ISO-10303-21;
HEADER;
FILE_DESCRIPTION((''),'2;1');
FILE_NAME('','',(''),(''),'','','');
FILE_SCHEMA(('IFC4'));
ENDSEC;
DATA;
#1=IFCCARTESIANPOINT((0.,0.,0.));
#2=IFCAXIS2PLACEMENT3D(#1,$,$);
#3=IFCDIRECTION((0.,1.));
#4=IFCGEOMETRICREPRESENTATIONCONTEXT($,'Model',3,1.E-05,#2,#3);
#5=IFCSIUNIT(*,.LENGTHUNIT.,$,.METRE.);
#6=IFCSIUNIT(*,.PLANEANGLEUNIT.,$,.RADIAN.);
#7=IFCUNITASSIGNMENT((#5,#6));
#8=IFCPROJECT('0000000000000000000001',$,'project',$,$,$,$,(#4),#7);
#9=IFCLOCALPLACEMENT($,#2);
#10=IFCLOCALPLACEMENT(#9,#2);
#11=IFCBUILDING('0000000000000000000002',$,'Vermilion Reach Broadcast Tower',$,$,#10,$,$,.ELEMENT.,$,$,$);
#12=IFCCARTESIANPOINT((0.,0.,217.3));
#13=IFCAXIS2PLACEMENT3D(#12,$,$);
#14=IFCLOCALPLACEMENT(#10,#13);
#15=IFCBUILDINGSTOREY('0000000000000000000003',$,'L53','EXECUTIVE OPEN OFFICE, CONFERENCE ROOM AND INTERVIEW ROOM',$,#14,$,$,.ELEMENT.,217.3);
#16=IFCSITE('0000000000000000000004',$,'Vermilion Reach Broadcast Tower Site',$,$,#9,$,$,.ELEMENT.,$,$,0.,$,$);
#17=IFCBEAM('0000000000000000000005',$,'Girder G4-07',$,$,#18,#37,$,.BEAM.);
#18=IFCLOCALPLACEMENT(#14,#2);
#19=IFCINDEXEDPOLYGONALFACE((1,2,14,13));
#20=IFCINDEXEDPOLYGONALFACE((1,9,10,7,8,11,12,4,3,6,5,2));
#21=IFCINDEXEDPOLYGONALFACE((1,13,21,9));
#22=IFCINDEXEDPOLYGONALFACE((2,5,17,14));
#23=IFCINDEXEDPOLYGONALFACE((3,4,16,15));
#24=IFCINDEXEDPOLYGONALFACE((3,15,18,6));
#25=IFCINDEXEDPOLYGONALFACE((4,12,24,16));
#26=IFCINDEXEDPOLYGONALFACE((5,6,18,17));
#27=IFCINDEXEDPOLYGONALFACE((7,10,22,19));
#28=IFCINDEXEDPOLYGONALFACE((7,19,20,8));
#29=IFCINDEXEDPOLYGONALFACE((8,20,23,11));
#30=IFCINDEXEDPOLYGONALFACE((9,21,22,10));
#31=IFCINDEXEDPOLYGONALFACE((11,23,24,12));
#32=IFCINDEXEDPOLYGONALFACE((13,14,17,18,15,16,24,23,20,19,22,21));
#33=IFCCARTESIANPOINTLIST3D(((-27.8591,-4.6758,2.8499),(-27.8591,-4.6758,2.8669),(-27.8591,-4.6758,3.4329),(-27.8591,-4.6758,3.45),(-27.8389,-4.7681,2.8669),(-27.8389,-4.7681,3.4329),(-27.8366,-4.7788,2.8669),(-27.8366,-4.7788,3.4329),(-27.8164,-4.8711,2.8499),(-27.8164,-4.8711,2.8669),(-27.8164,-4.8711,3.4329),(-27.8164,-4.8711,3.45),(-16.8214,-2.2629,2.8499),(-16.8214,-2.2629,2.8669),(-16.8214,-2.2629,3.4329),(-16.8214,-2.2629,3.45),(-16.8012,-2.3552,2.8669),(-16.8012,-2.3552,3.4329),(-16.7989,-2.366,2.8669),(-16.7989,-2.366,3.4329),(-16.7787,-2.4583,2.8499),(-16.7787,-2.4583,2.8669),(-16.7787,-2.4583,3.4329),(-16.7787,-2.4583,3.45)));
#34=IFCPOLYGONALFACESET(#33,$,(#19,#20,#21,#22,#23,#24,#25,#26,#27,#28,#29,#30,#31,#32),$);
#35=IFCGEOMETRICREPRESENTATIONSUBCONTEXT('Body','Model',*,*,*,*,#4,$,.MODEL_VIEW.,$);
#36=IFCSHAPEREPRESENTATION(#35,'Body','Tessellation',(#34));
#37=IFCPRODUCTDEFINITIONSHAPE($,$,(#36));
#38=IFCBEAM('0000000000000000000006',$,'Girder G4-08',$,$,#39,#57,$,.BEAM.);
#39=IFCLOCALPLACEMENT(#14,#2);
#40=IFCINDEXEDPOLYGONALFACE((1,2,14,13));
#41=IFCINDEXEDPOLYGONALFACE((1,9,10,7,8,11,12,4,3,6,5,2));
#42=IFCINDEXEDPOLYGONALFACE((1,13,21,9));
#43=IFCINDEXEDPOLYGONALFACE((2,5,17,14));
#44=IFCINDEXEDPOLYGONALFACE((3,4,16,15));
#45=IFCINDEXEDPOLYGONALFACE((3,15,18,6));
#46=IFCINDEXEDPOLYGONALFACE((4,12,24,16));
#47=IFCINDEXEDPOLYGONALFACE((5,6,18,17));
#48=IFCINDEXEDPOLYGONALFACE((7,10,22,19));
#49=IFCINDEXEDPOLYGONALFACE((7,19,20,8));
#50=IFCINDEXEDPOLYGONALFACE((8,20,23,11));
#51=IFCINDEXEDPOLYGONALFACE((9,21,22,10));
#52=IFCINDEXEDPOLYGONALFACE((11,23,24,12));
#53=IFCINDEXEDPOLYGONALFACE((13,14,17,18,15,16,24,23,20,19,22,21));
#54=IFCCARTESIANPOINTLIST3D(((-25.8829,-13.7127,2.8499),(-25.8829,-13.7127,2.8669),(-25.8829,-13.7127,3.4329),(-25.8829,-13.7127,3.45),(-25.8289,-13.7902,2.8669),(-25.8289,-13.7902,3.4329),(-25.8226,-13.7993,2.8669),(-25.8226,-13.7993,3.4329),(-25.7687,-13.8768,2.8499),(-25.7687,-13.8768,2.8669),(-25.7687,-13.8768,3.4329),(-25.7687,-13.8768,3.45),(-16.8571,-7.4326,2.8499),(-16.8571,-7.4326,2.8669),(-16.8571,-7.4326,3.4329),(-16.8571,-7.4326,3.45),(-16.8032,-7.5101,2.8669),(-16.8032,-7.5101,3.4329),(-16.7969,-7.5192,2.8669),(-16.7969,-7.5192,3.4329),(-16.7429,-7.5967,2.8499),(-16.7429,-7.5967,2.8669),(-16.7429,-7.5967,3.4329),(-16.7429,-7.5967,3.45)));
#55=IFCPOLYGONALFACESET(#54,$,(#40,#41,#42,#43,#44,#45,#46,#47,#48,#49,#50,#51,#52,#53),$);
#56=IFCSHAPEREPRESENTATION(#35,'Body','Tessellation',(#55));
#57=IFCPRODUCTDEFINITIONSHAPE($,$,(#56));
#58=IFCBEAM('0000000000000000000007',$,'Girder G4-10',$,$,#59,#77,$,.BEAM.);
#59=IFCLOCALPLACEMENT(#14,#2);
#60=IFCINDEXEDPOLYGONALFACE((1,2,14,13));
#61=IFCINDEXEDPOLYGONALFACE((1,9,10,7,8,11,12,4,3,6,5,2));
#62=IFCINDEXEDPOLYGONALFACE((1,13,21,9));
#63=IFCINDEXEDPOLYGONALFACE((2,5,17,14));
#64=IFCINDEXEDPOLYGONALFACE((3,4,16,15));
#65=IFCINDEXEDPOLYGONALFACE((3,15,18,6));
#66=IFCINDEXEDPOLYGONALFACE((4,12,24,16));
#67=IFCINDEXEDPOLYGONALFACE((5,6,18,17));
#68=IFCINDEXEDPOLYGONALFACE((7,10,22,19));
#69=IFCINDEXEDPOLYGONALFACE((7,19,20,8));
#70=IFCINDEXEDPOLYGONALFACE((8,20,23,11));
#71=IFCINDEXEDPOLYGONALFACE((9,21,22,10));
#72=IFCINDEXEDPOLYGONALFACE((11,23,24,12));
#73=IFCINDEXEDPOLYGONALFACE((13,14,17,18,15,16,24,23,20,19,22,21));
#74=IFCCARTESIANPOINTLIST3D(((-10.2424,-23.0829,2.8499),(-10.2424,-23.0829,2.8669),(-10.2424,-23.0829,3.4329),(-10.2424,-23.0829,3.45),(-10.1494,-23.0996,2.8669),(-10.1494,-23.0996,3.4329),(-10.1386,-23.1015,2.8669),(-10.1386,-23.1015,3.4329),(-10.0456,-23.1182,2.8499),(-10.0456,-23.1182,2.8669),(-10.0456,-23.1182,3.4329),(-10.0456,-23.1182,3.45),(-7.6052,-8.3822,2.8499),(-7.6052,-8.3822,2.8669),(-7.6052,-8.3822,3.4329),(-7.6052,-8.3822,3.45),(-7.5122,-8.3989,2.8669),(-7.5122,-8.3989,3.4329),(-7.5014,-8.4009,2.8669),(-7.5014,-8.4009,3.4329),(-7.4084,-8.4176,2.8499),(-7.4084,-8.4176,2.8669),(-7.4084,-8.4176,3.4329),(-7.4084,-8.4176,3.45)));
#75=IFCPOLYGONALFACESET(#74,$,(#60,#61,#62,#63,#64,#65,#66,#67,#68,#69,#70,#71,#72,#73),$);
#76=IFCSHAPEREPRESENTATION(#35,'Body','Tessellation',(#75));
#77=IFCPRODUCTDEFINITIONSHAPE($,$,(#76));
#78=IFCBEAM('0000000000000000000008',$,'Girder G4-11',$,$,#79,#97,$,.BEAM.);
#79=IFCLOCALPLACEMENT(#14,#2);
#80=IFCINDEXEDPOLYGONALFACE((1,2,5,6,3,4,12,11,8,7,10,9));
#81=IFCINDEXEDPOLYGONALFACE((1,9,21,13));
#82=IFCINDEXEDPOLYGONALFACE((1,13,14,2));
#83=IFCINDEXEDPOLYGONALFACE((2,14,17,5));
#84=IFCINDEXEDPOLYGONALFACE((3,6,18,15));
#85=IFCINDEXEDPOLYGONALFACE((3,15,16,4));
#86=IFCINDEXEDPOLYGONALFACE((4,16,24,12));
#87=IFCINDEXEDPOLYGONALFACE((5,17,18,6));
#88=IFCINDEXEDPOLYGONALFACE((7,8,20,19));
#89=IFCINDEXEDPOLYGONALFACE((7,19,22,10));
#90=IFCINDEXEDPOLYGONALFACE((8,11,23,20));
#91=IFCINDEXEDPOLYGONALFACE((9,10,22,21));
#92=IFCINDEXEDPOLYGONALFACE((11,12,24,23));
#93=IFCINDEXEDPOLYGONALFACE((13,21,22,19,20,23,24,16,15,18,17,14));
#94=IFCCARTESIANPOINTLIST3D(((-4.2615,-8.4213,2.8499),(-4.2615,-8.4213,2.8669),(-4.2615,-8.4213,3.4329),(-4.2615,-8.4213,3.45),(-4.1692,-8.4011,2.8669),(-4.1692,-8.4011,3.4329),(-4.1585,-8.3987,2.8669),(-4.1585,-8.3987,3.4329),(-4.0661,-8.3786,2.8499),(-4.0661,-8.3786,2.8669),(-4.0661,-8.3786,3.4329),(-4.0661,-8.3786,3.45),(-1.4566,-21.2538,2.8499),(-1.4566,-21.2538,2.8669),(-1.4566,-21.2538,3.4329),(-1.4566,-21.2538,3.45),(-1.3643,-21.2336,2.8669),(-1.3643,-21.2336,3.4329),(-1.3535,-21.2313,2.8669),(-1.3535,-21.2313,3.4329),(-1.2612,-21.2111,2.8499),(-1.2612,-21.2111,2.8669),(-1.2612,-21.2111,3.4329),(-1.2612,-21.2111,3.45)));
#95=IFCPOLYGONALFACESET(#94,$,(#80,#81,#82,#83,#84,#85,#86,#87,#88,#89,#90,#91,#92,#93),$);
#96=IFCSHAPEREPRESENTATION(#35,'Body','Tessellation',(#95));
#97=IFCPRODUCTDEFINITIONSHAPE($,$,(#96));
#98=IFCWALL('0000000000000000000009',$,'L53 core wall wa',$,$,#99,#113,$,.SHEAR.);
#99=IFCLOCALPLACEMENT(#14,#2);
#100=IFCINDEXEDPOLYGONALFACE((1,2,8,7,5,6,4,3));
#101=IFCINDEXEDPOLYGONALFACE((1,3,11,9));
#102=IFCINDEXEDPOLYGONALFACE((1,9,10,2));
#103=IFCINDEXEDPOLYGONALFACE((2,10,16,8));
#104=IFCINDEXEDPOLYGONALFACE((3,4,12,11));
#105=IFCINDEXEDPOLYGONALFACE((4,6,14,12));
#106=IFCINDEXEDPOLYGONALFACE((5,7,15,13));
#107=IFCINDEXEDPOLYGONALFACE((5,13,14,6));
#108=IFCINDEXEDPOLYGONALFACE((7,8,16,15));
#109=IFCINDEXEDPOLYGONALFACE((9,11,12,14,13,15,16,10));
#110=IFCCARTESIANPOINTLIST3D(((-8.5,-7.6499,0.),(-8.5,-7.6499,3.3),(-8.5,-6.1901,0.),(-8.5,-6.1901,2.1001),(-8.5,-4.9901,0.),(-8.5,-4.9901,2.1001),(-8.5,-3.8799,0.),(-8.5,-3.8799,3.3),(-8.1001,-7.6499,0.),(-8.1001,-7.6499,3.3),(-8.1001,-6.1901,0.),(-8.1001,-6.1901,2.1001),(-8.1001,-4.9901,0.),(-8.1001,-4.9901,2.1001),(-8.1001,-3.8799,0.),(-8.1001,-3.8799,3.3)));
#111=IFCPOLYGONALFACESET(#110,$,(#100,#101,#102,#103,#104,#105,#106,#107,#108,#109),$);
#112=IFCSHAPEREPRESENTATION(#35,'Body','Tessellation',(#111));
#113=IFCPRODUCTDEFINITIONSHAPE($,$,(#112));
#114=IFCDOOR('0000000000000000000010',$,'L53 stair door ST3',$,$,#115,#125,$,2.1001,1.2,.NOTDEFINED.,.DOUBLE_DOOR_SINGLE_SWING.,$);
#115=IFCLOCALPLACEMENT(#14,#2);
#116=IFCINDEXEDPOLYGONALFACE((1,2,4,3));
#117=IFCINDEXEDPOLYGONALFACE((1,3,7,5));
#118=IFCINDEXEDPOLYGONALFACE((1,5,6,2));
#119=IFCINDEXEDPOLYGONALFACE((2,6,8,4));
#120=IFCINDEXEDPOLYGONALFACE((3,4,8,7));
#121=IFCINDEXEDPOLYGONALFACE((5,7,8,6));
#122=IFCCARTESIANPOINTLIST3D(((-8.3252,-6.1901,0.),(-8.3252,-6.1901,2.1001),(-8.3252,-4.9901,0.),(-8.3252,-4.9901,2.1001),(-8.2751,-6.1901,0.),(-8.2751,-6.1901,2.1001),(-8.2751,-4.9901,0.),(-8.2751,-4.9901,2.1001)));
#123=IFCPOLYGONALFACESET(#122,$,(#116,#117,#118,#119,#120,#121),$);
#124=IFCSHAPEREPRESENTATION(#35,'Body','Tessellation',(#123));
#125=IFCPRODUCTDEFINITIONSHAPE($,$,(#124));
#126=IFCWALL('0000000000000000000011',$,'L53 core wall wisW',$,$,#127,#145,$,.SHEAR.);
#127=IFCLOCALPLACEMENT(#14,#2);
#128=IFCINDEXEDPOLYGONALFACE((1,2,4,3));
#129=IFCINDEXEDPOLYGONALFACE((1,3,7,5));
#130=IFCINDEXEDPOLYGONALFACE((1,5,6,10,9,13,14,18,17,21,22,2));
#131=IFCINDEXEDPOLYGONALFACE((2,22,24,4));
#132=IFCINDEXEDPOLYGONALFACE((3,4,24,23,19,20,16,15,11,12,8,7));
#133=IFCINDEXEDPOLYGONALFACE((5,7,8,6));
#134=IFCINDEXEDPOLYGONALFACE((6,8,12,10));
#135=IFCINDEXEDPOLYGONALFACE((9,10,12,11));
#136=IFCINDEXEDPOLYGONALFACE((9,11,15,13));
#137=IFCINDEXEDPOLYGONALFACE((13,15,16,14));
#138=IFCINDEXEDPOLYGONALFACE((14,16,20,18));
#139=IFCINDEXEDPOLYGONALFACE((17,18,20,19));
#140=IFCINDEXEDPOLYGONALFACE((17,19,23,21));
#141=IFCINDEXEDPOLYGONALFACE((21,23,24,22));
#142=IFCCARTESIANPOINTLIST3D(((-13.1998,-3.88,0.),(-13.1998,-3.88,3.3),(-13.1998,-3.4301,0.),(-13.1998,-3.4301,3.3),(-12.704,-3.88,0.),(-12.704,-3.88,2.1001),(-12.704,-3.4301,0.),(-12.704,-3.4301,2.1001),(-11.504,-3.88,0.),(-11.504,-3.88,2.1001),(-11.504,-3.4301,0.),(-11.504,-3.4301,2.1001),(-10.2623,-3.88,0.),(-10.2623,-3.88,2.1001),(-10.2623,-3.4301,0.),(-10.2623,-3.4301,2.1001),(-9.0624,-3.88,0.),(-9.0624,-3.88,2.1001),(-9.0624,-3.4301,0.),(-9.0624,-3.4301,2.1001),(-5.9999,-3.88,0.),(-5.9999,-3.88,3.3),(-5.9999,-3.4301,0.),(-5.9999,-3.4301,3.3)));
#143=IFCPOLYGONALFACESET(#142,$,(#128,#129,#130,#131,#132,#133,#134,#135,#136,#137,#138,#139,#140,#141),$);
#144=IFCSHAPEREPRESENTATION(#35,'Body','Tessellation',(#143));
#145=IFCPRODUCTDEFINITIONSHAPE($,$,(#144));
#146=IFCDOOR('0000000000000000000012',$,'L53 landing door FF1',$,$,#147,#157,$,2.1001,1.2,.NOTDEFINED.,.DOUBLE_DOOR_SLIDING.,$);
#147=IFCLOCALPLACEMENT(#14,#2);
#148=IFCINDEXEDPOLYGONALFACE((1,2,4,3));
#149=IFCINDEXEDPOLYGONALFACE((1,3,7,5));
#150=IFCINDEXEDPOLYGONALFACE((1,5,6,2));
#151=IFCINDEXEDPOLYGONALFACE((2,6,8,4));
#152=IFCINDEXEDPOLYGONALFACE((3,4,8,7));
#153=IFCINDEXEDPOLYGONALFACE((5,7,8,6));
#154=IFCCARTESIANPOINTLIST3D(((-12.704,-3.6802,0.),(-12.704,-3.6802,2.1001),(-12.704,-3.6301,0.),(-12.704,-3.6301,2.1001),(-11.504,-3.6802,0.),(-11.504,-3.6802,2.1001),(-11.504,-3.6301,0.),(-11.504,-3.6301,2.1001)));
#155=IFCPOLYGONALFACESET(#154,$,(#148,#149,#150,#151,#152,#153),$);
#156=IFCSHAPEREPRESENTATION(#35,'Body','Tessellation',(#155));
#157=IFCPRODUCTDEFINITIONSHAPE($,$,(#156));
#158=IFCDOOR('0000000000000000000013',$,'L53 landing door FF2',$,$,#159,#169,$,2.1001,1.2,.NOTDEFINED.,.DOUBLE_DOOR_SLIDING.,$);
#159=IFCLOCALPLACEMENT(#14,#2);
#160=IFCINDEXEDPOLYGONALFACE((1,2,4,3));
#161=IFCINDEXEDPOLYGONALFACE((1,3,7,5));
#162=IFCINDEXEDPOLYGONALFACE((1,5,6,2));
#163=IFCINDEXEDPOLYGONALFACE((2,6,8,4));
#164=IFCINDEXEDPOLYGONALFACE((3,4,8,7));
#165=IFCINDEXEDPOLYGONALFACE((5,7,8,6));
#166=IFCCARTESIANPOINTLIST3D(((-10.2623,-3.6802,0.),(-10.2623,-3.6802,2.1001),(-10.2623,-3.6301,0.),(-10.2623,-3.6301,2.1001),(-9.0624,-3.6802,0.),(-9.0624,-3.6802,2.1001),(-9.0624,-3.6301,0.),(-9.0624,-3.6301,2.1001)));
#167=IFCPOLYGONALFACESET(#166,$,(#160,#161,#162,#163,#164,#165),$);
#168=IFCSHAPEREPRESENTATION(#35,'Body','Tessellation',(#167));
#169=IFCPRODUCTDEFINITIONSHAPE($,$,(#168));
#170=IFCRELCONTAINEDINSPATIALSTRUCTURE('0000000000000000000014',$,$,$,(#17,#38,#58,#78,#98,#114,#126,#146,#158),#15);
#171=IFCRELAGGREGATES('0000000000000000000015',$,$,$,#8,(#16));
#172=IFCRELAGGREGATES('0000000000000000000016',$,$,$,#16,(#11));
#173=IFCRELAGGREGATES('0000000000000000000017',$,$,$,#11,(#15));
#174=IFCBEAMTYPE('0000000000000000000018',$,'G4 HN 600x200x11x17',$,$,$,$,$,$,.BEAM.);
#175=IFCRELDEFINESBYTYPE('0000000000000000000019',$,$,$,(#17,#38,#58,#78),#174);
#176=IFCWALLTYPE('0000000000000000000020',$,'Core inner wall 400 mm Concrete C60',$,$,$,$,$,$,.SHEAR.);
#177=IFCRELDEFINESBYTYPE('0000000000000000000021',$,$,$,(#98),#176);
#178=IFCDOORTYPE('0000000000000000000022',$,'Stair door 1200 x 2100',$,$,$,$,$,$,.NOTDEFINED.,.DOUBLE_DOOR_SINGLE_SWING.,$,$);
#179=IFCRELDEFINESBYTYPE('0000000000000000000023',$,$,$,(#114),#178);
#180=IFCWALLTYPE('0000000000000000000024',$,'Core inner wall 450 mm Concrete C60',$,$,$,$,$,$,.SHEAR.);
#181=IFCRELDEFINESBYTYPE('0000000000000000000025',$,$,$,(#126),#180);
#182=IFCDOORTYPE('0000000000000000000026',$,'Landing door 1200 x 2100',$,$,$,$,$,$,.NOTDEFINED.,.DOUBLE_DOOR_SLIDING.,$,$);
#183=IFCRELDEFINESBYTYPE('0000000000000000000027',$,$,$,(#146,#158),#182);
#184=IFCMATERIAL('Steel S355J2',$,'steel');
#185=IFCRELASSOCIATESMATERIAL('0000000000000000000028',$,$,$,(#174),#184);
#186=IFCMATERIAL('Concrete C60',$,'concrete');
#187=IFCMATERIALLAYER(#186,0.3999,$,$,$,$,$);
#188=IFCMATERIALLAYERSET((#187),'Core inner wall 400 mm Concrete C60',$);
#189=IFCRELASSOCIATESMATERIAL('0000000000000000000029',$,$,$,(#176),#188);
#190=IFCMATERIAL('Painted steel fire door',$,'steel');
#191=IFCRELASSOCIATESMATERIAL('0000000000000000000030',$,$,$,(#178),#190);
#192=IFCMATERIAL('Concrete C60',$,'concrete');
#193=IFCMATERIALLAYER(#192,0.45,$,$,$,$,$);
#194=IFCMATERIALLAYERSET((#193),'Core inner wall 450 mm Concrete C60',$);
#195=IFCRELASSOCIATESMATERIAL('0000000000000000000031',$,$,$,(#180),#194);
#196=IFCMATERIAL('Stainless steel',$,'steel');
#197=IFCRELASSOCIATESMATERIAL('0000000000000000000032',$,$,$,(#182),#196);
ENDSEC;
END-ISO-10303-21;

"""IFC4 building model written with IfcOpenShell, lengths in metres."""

from ifc_helpers import new_model, si_unit, direction, frame, frame_2d, origin, origin_2d, place, context, subcontext, project, spatial, rectangle, i_section, extrude, material, layer, layer_set, material_profile, profile_set, type_object, element, fill, save


model = new_model("IFC4")

# Units and contexts
model_context = context("Model", 3, precision=1e-05, world=origin(), true_north=direction((0.0, 1.0)))
body_context = subcontext(model_context, "Body", "Model", "MODEL_VIEW")
ifc_project = project(units=[si_unit("LENGTHUNIT", "METRE"), si_unit("PLANEANGLEUNIT", "RADIAN")], contexts=[model_context])

# Site, building, storey
site_placement = place(None, origin())
site = spatial("IfcSite", under=ifc_project, at=site_placement, Name="Vermilion Reach Broadcast Tower Site", CompositionType="ELEMENT", RefElevation=0.0)
building_placement = place(site_placement, origin())
building = spatial("IfcBuilding", under=site, at=building_placement, Name="Vermilion Reach Broadcast Tower", CompositionType="ELEMENT")
storey_placement = place(building_placement, frame((0.0, 0.0, 217.3)))
storey = spatial("IfcBuildingStorey", under=building, at=storey_placement, Name="L53", Description="EXECUTIVE OPEN OFFICE, CONFERENCE ROOM AND INTERVIEW ROOM", CompositionType="ELEMENT", Elevation=217.3)

# Beams
ifc_material_1 = material(Name="Steel S355J2", Category="steel")
ifc_material_profile = material_profile(ifc_material_1, i_section(OverallWidth=0.2, OverallDepth=0.6001, WebThickness=0.011, FlangeThickness=0.0171, at=origin_2d()), Name="S355J2 HN 600x200x11x17")
ifc_profile_set = profile_set([ifc_material_profile], Name="Steel S355J2")
beam_type = type_object("IfcBeamType", Name="G4 HN 600x200x11x17", PredefinedType="BEAM", material=ifc_profile_set)
beam_1_placement = place(storey_placement, frame((-16.8, -2.3606, 3.1499), z_axis=(-0.97693, -0.213559, 0.0), x_axis=(0.213559, -0.97693, 0.0)))
element("IfcBeam", 1, at=beam_1_placement, inside=storey, type_object=beam_type, Name="Girder G4-07", PredefinedType="BEAM", context=body_context, shape_type="SweptSolid", body=[
    extrude(i_section(OverallWidth=0.2, OverallDepth=0.6001, WebThickness=0.011, FlangeThickness=0.0171, at=origin_2d()), origin(), (0.0, 0.0, 1.0), 11.2983),
])
beam_2_placement = place(storey_placement, frame((-16.8, -7.5146, 3.1499), z_axis=(-0.820849, -0.571146, 0.0), x_axis=(0.571146, -0.820849, 0.0)))
element("IfcBeam", 2, at=beam_2_placement, inside=storey, type_object=beam_type, Name="Girder G4-08", PredefinedType="BEAM", context=body_context, shape_type="SweptSolid", body=[
    extrude(i_section(OverallWidth=0.2, OverallDepth=0.6001, WebThickness=0.011, FlangeThickness=0.0171, at=origin_2d()), origin(), (0.0, 0.0, 1.0), 10.9956),
])
beam_3_placement = place(storey_placement, frame((-7.5068, -8.3999, 3.1499), z_axis=(-0.176575, -0.984287, 0.0), x_axis=(0.984287, -0.176575, 0.0)))
element("IfcBeam", 3, at=beam_3_placement, inside=storey, type_object=beam_type, Name="Girder G4-10", PredefinedType="BEAM", context=body_context, shape_type="SweptSolid", body=[
    extrude(i_section(OverallWidth=0.2, OverallDepth=0.6001, WebThickness=0.011, FlangeThickness=0.0171, at=origin_2d()), origin(), (0.0, 0.0, 1.0), 14.9353),
])
beam_4_placement = place(storey_placement, frame((-4.1638, -8.3999, 3.1499), z_axis=(0.213538, -0.976935, 0.0), x_axis=(0.976935, 0.213538, 0.0)))
element("IfcBeam", 4, at=beam_4_placement, inside=storey, type_object=beam_type, Name="Girder G4-11", PredefinedType="BEAM", context=body_context, shape_type="SweptSolid", body=[
    extrude(i_section(OverallWidth=0.2, OverallDepth=0.6001, WebThickness=0.011, FlangeThickness=0.0171, at=origin_2d()), origin(), (0.0, 0.0, 1.0), 13.1355),
])

# Wall, opening, door
ifc_material_2 = material(Name="Concrete C60", Category="concrete")
ifc_layer_1 = layer(ifc_material_2, 0.3999)
ifc_layer_set_1 = layer_set([ifc_layer_1], Name="Core inner wall 400 mm Concrete C60")
wall_type_1 = type_object("IfcWallType", Name="Core inner wall 400 mm Concrete C60", PredefinedType="SHEAR", material=ifc_layer_set_1)
wall_1_placement = place(storey_placement, frame((-8.3, -3.8799, 0.0), z_axis=(0.0, 0.0, 1.0), x_axis=(0.0, -1.0, 0.0)))
wall_1 = element("IfcWall", 5, at=wall_1_placement, inside=storey, type_object=wall_type_1, Name="L53 core wall wa", PredefinedType="SHEAR", context=body_context, shape_type="SweptSolid", body=[
    extrude(rectangle(XDim=3.77, YDim=0.3999, at=frame_2d((1.885, 0.0))), origin(), (0.0, 0.0, 1.0), 3.3),
])
opening_1_placement = place(wall_1_placement, frame((1.1101, 0.0, 0.0)))
opening_1 = element("IfcOpeningElement", 6, at=opening_1_placement, cuts=wall_1, PredefinedType="OPENING", context=body_context, shape_type="SweptSolid", body=[
    extrude(rectangle(XDim=1.2, YDim=2.1001, at=frame_2d((0.6001, 1.05))), frame((0.0, 0.21, 0.0), z_axis=(0.0, -1.0, 0.0), x_axis=(1.0, 0.0, 0.0)), (0.0, 0.0, 1.0), 0.4199),
])
ifc_material_3 = material(Name="Painted steel fire door", Category="steel")
door_type_1 = type_object("IfcDoorType", Name="Stair door 1200 x 2100", OperationType="DOUBLE_DOOR_SINGLE_SWING", PredefinedType="NOTDEFINED", material=ifc_material_3)
door_1_placement = place(opening_1_placement, origin())
door_1 = element("IfcDoor", 7, at=door_1_placement, inside=storey, type_object=door_type_1, Name="L53 stair door ST3", OperationType="DOUBLE_DOOR_SINGLE_SWING", OverallHeight=2.1001, OverallWidth=1.2, PredefinedType="NOTDEFINED", context=body_context, shape_type="SweptSolid", body=[
    extrude(rectangle(XDim=1.2, YDim=2.1001, at=frame_2d((0.6001, 1.05))), frame((0.0, 0.0249, 0.0), z_axis=(0.0, -1.0, 0.0), x_axis=(1.0, 0.0, 0.0)), (0.0, 0.0, 1.0), 0.05),
])
fill(opening_1, door_1)

# Wall, openings, doors
ifc_material_4 = material(Name="Concrete C60", Category="concrete")
ifc_layer_2 = layer(ifc_material_4, 0.45)
ifc_layer_set_2 = layer_set([ifc_layer_2], Name="Core inner wall 450 mm Concrete C60")
wall_type_2 = type_object("IfcWallType", Name="Core inner wall 450 mm Concrete C60", PredefinedType="SHEAR", material=ifc_layer_set_2)
wall_2_placement = place(storey_placement, frame((-13.2, -3.655, 0.0), z_axis=(0.0, 0.0, 1.0), x_axis=(1.0, 0.0, 0.0)))
wall_2 = element("IfcWall", 8, at=wall_2_placement, inside=storey, type_object=wall_type_2, Name="L53 core wall wisW", PredefinedType="SHEAR", context=body_context, shape_type="SweptSolid", body=[
    extrude(rectangle(XDim=7.2, YDim=0.45, at=frame_2d((3.6001, 0.0))), origin(), (0.0, 0.0, 1.0), 3.3),
])
opening_2_placement = place(wall_2_placement, frame((0.4958, 0.0, 0.0)))
opening_2 = element("IfcOpeningElement", 9, at=opening_2_placement, cuts=wall_2, PredefinedType="OPENING", context=body_context, shape_type="SweptSolid", body=[
    extrude(rectangle(XDim=1.2, YDim=2.1001, at=frame_2d((0.6001, 1.05))), frame((0.0, 0.2349, 0.0), z_axis=(0.0, -1.0, 0.0), x_axis=(1.0, 0.0, 0.0)), (0.0, 0.0, 1.0), 0.47),
])
opening_3_placement = place(wall_2_placement, frame((2.9375, 0.0, 0.0)))
opening_3 = element("IfcOpeningElement", 10, at=opening_3_placement, cuts=wall_2, PredefinedType="OPENING", context=body_context, shape_type="SweptSolid", body=[
    extrude(rectangle(XDim=1.2, YDim=2.1001, at=frame_2d((0.6001, 1.05))), frame((0.0, 0.2349, 0.0), z_axis=(0.0, -1.0, 0.0), x_axis=(1.0, 0.0, 0.0)), (0.0, 0.0, 1.0), 0.47),
])
ifc_material_5 = material(Name="Stainless steel", Category="steel")
door_type_2 = type_object("IfcDoorType", Name="Landing door 1200 x 2100", OperationType="DOUBLE_DOOR_SLIDING", PredefinedType="NOTDEFINED", material=ifc_material_5)
door_2_placement = place(opening_2_placement, origin())
door_2 = element("IfcDoor", 11, at=door_2_placement, inside=storey, type_object=door_type_2, Name="L53 landing door FF1", OperationType="DOUBLE_DOOR_SLIDING", OverallHeight=2.1001, OverallWidth=1.2, PredefinedType="NOTDEFINED", context=body_context, shape_type="SweptSolid", body=[
    extrude(rectangle(XDim=1.2, YDim=2.1001, at=frame_2d((0.6001, 1.05))), frame((0.0, 0.0249, 0.0), z_axis=(0.0, -1.0, 0.0), x_axis=(1.0, 0.0, 0.0)), (0.0, 0.0, 1.0), 0.05),
])
fill(opening_2, door_2)
door_3_placement = place(opening_3_placement, origin())
door_3 = element("IfcDoor", 12, at=door_3_placement, inside=storey, type_object=door_type_2, Name="L53 landing door FF2", OperationType="DOUBLE_DOOR_SLIDING", OverallHeight=2.1001, OverallWidth=1.2, PredefinedType="NOTDEFINED", context=body_context, shape_type="SweptSolid", body=[
    extrude(rectangle(XDim=1.2, YDim=2.1001, at=frame_2d((0.6001, 1.05))), frame((0.0, 0.0249, 0.0), z_axis=(0.0, -1.0, 0.0), x_axis=(1.0, 0.0, 0.0)), (0.0, 0.0, 1.0), 0.05),
])
fill(opening_3, door_3)

save(model, "model.ifc")
